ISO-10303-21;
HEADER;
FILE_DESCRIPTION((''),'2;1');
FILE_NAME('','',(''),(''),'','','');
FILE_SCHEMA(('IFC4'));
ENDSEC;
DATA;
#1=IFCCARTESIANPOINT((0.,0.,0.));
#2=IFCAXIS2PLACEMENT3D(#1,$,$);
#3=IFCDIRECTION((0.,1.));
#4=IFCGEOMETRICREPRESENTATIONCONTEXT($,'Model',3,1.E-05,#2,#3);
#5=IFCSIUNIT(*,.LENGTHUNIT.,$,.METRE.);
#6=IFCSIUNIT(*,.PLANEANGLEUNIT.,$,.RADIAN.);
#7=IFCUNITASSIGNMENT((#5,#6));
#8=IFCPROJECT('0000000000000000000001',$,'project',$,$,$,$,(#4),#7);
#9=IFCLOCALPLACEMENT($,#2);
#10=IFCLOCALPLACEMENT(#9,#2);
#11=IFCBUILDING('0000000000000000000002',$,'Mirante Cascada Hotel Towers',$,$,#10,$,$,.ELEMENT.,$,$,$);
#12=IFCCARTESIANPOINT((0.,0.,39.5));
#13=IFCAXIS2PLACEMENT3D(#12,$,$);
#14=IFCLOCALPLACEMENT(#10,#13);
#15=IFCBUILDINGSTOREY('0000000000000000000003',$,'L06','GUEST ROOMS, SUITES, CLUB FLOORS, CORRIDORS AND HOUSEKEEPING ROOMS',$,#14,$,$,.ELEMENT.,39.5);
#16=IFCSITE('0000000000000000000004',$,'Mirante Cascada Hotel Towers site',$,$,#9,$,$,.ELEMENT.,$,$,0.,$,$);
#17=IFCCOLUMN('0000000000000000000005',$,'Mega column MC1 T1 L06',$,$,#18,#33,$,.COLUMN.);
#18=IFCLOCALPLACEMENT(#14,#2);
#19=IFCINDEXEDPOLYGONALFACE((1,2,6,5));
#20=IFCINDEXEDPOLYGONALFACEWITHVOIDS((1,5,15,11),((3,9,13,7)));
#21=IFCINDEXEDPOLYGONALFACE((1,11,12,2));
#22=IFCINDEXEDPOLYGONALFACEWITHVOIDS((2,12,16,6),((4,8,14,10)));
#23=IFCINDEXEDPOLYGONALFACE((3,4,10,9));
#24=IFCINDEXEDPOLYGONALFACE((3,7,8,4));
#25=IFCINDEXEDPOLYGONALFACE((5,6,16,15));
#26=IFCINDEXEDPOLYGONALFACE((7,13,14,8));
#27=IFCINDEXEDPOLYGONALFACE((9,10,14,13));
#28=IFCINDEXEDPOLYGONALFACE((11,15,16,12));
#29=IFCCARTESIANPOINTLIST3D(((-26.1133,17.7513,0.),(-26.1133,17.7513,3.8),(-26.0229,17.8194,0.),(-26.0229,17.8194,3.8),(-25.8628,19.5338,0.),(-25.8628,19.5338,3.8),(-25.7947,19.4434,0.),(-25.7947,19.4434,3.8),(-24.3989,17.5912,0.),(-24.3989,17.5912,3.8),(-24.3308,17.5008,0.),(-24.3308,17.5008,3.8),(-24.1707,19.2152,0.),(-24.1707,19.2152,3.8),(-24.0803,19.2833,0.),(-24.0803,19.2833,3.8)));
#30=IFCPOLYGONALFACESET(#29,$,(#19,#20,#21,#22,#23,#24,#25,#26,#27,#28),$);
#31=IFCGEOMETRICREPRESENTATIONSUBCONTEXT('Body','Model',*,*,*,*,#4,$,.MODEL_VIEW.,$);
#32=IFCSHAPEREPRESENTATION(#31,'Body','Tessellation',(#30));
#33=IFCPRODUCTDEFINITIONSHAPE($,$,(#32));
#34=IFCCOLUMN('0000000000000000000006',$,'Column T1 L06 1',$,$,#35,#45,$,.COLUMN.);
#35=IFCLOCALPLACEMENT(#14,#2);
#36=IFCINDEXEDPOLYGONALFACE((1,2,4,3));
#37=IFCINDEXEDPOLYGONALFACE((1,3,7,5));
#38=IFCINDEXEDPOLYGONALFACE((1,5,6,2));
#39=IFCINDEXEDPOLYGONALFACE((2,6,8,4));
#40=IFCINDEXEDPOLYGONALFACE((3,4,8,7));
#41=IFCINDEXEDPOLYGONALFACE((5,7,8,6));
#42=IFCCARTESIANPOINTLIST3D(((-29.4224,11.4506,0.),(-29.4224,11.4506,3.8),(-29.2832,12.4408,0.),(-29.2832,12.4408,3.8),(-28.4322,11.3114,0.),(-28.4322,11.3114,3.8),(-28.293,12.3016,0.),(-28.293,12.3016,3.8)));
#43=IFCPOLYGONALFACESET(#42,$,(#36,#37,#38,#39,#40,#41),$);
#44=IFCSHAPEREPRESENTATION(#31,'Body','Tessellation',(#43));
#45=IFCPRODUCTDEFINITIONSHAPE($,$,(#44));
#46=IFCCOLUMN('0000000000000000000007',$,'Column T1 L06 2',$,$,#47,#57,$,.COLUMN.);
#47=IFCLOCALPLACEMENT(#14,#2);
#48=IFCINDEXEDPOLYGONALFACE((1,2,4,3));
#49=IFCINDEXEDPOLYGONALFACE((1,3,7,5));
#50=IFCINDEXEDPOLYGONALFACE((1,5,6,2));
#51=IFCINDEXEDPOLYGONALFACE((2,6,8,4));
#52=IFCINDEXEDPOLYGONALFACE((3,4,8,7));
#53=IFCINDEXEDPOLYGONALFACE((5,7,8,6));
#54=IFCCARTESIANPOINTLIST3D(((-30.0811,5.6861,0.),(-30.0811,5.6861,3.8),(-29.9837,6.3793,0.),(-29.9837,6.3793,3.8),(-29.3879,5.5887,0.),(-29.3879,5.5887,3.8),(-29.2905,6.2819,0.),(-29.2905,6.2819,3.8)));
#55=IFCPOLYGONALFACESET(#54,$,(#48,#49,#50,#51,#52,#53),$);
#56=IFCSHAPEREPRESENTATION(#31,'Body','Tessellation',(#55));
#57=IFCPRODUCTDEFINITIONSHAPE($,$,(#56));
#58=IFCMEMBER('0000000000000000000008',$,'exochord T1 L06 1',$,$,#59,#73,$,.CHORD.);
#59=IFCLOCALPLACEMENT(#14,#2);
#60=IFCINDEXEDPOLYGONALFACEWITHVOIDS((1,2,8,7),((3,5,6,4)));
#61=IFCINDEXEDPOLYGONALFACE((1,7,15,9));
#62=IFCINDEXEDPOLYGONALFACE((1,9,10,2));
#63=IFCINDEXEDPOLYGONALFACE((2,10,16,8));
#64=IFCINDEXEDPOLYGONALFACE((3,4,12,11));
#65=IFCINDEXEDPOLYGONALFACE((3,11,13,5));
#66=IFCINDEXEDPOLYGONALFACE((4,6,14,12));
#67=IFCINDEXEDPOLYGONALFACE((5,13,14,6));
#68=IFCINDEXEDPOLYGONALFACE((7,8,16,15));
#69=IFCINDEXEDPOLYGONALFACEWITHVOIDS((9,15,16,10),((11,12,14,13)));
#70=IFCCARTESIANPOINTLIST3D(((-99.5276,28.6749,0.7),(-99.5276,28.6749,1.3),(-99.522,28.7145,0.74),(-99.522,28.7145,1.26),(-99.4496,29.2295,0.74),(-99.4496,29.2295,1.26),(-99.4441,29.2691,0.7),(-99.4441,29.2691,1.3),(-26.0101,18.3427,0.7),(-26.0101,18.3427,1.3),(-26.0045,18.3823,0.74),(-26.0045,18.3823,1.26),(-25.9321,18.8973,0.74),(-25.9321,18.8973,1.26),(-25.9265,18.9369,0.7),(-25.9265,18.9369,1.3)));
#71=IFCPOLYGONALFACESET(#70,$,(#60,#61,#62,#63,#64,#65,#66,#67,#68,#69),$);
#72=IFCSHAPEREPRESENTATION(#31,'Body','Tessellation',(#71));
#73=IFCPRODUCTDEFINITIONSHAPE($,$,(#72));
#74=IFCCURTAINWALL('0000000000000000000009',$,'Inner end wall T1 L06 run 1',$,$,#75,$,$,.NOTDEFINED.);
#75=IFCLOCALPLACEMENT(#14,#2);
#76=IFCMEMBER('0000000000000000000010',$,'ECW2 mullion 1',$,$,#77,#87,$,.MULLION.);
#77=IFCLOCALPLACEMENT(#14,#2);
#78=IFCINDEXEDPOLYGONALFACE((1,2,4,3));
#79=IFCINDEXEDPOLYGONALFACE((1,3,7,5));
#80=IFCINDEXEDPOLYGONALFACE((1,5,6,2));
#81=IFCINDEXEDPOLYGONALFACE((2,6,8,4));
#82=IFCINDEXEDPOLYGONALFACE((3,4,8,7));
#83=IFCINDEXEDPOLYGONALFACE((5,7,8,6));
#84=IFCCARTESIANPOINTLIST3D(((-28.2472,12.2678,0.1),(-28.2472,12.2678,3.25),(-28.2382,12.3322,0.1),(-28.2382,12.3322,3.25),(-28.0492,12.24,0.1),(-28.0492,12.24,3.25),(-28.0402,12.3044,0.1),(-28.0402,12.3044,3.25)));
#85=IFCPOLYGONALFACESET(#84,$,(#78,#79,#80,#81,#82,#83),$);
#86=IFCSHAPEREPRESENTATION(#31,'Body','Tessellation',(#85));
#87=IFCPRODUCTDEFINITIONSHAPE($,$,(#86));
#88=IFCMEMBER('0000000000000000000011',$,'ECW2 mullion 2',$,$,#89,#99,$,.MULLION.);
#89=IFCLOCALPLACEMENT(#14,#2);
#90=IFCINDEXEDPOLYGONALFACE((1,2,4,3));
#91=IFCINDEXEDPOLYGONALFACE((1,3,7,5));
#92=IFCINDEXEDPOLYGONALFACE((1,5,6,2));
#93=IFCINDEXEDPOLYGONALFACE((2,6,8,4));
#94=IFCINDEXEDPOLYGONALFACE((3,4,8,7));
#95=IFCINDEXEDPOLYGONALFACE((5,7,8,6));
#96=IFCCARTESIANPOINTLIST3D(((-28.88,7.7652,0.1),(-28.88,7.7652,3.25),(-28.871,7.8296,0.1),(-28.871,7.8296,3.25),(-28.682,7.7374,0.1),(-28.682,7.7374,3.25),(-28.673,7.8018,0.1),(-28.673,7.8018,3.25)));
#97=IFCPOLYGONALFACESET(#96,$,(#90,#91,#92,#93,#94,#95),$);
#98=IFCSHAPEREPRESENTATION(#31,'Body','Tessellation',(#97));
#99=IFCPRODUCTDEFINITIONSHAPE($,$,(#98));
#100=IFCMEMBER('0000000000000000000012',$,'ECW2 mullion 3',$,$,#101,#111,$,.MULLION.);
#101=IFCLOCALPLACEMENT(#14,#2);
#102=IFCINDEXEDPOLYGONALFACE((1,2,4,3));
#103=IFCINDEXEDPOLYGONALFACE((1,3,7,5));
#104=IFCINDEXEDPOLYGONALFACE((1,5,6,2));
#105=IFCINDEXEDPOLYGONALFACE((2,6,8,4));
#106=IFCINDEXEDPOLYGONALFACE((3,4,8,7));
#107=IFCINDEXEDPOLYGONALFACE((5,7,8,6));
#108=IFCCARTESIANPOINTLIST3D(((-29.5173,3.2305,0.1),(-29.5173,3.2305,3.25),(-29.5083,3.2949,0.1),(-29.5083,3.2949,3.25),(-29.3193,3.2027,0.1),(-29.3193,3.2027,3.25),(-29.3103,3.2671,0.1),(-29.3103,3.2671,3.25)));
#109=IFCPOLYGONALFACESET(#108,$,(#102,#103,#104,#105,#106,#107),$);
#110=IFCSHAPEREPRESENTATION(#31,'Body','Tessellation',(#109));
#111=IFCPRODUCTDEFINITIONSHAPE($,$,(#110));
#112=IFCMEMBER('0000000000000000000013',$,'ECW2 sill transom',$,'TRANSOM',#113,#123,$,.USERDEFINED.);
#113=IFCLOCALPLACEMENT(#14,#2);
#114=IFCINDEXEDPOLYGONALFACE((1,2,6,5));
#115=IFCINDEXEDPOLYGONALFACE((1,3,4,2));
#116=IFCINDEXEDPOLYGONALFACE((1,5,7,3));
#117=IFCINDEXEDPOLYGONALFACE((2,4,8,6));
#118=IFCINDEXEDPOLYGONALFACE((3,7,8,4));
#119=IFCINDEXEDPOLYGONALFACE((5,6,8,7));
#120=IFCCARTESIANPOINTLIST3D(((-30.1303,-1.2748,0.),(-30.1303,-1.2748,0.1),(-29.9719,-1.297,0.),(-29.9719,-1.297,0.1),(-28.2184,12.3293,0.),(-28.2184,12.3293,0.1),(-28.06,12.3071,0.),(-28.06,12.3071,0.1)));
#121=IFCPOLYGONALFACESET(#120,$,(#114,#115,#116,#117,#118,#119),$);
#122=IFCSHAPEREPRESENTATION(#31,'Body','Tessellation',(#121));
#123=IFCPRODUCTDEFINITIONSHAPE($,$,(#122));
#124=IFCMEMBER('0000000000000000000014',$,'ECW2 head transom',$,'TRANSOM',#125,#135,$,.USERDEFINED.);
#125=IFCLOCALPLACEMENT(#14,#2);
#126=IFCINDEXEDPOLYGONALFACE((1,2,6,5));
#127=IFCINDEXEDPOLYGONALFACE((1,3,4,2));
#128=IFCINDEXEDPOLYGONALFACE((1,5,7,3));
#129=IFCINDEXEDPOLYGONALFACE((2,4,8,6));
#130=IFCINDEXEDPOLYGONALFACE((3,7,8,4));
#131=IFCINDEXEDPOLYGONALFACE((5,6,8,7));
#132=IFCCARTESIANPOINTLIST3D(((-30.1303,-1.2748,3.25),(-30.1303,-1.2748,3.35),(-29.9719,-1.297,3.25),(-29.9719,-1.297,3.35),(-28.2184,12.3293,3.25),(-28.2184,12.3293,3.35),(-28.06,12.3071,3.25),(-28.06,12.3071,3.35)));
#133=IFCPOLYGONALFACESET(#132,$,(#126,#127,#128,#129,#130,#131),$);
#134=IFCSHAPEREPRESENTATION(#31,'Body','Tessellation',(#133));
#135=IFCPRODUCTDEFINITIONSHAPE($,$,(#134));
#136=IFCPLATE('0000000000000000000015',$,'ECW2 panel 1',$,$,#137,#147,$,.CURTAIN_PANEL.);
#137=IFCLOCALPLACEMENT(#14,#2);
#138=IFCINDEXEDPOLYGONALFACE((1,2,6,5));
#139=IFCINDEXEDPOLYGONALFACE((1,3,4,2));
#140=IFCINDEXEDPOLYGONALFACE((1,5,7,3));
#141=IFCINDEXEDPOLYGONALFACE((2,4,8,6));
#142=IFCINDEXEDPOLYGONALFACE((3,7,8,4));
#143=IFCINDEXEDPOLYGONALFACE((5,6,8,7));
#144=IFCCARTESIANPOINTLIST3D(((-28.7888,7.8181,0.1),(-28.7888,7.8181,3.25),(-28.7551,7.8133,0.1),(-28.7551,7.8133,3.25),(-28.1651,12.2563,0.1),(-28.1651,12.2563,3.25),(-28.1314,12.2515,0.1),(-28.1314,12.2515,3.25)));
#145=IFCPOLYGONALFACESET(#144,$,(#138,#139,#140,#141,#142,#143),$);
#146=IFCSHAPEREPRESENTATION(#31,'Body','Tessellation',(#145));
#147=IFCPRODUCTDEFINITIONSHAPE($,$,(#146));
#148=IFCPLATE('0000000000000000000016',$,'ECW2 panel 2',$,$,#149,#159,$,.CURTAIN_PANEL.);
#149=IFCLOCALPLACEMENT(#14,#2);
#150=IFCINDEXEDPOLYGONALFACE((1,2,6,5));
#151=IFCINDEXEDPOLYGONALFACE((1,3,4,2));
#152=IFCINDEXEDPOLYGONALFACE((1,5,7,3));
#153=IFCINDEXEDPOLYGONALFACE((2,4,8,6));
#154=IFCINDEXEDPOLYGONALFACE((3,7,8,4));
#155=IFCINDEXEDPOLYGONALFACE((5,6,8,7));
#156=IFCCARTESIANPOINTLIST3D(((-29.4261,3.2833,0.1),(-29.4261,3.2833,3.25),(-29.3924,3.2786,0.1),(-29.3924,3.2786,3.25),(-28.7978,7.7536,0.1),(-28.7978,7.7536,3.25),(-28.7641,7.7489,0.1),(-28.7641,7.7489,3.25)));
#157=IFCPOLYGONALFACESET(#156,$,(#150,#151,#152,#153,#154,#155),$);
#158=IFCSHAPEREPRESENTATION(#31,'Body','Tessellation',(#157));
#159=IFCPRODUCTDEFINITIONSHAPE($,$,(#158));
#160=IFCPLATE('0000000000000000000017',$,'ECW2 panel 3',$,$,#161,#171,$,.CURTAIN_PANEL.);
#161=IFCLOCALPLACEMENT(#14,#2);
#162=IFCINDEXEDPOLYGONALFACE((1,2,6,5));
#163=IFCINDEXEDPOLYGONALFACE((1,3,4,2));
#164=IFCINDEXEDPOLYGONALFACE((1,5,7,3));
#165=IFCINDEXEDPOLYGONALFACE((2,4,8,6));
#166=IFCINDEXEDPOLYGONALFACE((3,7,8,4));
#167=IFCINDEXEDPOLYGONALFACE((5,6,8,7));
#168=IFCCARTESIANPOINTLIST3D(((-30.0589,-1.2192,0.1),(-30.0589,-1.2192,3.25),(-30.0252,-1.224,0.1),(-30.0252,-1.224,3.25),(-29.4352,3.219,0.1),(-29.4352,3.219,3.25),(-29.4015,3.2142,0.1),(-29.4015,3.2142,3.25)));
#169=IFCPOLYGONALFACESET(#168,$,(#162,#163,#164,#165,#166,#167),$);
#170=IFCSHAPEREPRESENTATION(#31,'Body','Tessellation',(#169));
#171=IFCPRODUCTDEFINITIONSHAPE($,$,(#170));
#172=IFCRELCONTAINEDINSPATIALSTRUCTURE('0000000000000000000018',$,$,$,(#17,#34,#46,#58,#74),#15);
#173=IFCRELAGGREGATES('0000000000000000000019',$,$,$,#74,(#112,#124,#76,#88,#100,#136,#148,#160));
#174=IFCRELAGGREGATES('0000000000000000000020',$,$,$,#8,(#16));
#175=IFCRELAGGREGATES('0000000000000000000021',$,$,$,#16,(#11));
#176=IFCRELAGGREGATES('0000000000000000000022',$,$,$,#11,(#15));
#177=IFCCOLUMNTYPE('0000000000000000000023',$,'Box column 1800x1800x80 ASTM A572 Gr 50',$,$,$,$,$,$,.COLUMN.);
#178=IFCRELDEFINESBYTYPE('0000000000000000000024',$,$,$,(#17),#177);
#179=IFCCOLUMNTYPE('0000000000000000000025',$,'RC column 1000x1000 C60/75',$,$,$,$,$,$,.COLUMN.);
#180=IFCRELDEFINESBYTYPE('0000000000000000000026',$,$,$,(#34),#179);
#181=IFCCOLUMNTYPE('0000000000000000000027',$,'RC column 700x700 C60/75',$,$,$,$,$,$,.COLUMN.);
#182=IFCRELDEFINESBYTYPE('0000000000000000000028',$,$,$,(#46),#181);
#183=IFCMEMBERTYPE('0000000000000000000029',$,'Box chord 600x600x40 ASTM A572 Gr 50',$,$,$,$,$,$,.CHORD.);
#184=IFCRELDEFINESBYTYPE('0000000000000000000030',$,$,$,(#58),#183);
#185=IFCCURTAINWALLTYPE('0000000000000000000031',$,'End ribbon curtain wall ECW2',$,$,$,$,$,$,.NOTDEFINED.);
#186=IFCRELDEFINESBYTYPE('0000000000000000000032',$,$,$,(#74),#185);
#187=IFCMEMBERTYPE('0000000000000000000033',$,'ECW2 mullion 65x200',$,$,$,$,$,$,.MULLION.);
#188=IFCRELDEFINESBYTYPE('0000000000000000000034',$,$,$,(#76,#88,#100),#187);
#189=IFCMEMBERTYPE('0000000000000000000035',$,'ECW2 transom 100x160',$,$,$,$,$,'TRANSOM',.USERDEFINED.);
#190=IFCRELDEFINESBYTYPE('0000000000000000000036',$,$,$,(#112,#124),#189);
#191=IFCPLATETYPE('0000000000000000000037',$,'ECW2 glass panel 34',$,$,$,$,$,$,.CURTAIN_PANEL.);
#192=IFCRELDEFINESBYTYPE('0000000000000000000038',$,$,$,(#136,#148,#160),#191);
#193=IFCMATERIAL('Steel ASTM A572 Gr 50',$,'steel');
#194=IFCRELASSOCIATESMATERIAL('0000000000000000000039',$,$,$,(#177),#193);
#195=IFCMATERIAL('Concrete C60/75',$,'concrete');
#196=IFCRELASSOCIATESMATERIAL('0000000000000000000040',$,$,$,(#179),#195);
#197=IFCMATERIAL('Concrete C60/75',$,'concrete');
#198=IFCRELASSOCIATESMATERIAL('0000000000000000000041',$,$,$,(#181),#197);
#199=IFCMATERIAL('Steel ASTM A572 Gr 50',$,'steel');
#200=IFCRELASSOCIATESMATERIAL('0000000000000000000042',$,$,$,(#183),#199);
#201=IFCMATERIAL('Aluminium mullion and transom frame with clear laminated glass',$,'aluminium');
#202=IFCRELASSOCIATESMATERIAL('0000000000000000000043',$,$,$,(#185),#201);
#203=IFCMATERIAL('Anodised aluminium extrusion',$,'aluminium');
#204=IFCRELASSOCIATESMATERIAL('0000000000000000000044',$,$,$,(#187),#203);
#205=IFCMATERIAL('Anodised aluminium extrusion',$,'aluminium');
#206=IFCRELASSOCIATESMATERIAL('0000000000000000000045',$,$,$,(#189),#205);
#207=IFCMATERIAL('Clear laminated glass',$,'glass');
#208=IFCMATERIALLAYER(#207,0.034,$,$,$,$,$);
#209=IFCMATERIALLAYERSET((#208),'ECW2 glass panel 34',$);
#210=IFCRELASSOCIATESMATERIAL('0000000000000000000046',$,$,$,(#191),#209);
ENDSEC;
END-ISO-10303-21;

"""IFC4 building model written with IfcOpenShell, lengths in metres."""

from ifc_helpers import new_model, si_unit, direction, frame, origin, origin_2d, place, context, subcontext, project, spatial, rectangle, hollow_rectangle, extrude, material, layer, layer_set, material_profile, profile_set, type_object, element, aggregate, save


model = new_model("IFC4")

# Units and contexts
model_context = context("Model", 3, precision=1e-05, world=origin(), true_north=direction((0.0, 1.0)))
body_context = subcontext(model_context, "Body", "Model", "MODEL_VIEW")
ifc_project = project(units=[si_unit("LENGTHUNIT", "METRE"), si_unit("PLANEANGLEUNIT", "RADIAN")], contexts=[model_context])

# Site, building, storey
site_placement = place(None, origin())
site = spatial("IfcSite", under=ifc_project, at=site_placement, Name="Mirante Cascada Hotel Towers site", CompositionType="ELEMENT", RefElevation=0.0)
building_placement = place(site_placement, origin())
building = spatial("IfcBuilding", under=site, at=building_placement, Name="Mirante Cascada Hotel Towers", CompositionType="ELEMENT")
storey_placement = place(building_placement, frame((0.0, 0.0, 39.5)))
storey = spatial("IfcBuildingStorey", under=building, at=storey_placement, Name="L06", Description="GUEST ROOMS, SUITES, CLUB FLOORS, CORRIDORS AND HOUSEKEEPING ROOMS", CompositionType="ELEMENT", Elevation=39.5)

# Columns
ifc_material_1 = material(Name="Steel ASTM A572 Gr 50", Category="steel")
ifc_material_profile_1 = material_profile(ifc_material_1, hollow_rectangle(XDim=1.8, YDim=1.8, WallThickness=0.08, at=origin_2d()), Name="Box column 1800x1800x80 ASTM A572 Gr 50")
ifc_profile_set_1 = profile_set([ifc_material_profile_1], Name="Steel ASTM A572 Gr 50")
column_type_1 = type_object("IfcColumnType", Name="Box column 1800x1800x80 ASTM A572 Gr 50", PredefinedType="COLUMN", material=ifc_profile_set_1)
column_1_placement = place(storey_placement, frame((-25.0968, 18.5173, 0.0), z_axis=(0.0, 0.0, 1.0), x_axis=(-0.990268, 0.139173, 0.0)))
element("IfcColumn", 1, at=column_1_placement, inside=storey, type_object=column_type_1, Name="Mega column MC1 T1 L06", PredefinedType="COLUMN", context=body_context, shape_type="SweptSolid", body=[
    extrude(hollow_rectangle(XDim=1.8, YDim=1.8, WallThickness=0.08, at=origin_2d()), origin(), (0.0, 0.0, 1.0), 3.8),
])
ifc_material_2 = material(Name="Concrete C60/75", Category="concrete")
ifc_material_profile_2 = material_profile(ifc_material_2, rectangle(XDim=1.0, YDim=1.0, at=origin_2d()), Name="RC column 1000x1000 C60/75")
ifc_profile_set_2 = profile_set([ifc_material_profile_2], Name="Concrete C60/75")
column_type_2 = type_object("IfcColumnType", Name="RC column 1000x1000 C60/75", PredefinedType="COLUMN", material=ifc_profile_set_2)
column_2_placement = place(storey_placement, frame((-28.8577, 11.8761, 0.0), z_axis=(0.0, 0.0, 1.0), x_axis=(-0.990268, 0.139173, 0.0)))
element("IfcColumn", 2, at=column_2_placement, inside=storey, type_object=column_type_2, Name="Column T1 L06 1", PredefinedType="COLUMN", context=body_context, shape_type="SweptSolid", body=[
    extrude(rectangle(XDim=1.0, YDim=1.0, at=origin_2d()), origin(), (0.0, 0.0, 1.0), 3.8),
])
ifc_material_3 = material(Name="Concrete C60/75", Category="concrete")
ifc_material_profile_3 = material_profile(ifc_material_3, rectangle(XDim=0.7, YDim=0.7, at=origin_2d()), Name="RC column 700x700 C60/75")
ifc_profile_set_3 = profile_set([ifc_material_profile_3], Name="Concrete C60/75")
column_type_3 = type_object("IfcColumnType", Name="RC column 700x700 C60/75", PredefinedType="COLUMN", material=ifc_profile_set_3)
column_3_placement = place(storey_placement, frame((-29.6858, 5.984, 0.0), z_axis=(0.0, 0.0, 1.0), x_axis=(-0.990268, 0.139173, 0.0)))
element("IfcColumn", 3, at=column_3_placement, inside=storey, type_object=column_type_3, Name="Column T1 L06 2", PredefinedType="COLUMN", context=body_context, shape_type="SweptSolid", body=[
    extrude(rectangle(XDim=0.7, YDim=0.7, at=origin_2d()), origin(), (0.0, 0.0, 1.0), 3.8),
])

# Member
ifc_material_4 = material(Name="Steel ASTM A572 Gr 50", Category="steel")
ifc_material_profile_4 = material_profile(ifc_material_4, hollow_rectangle(XDim=0.6, YDim=0.6, WallThickness=0.04, at=origin_2d()), Name="Box chord 600x600x40 ASTM A572 Gr 50")
ifc_profile_set_4 = profile_set([ifc_material_profile_4], Name="Steel ASTM A572 Gr 50")
member_type_1 = type_object("IfcMemberType", Name="Box chord 600x600x40 ASTM A572 Gr 50", PredefinedType="CHORD", material=ifc_profile_set_4)
member_1_placement = place(storey_placement, frame((-25.9683, 18.6398, 1.0), z_axis=(-0.990268, 0.139173, 0.0), x_axis=(-0.139173, -0.990268, 0.0)))
element("IfcMember", 4, at=member_1_placement, inside=storey, type_object=member_type_1, Name="exochord T1 L06 1", PredefinedType="CHORD", context=body_context, shape_type="SweptSolid", body=[
    extrude(hollow_rectangle(XDim=0.6, YDim=0.6, WallThickness=0.04, at=origin_2d()), origin(), (0.0, 0.0, 1.0), 74.24),
])

# Curtain wall, members, plates
ifc_material_5 = material(Name="Aluminium mullion and transom frame with clear laminated glass", Category="aluminium")
curtain_wall_type = type_object("IfcCurtainWallType", Name="End ribbon curtain wall ECW2", PredefinedType="NOTDEFINED", material=ifc_material_5)
curtain_wall_placement = place(storey_placement, origin())
curtain_wall = element("IfcCurtainWall", 5, at=curtain_wall_placement, inside=storey, type_object=curtain_wall_type, Name="Inner end wall T1 L06 run 1", PredefinedType="NOTDEFINED")
ifc_material_6 = material(Name="Anodised aluminium extrusion", Category="aluminium")
ifc_material_profile_5 = material_profile(ifc_material_6, rectangle(XDim=0.2, YDim=0.065, at=origin_2d()), Name="ECW2 MULLION 65x200")
ifc_profile_set_5 = profile_set([ifc_material_profile_5], Name="Anodised aluminium extrusion")
member_type_2 = type_object("IfcMemberType", Name="ECW2 mullion 65x200", PredefinedType="MULLION", material=ifc_profile_set_5)
member_2_placement = place(storey_placement, frame((-28.1437, 12.2861, 0.1), z_axis=(0.0, 0.0, 1.0), x_axis=(0.990268, -0.139173, 0.0)))
member_2 = element("IfcMember", 6, at=member_2_placement, type_object=member_type_2, Name="ECW2 mullion 1", PredefinedType="MULLION", context=body_context, shape_type="SweptSolid", body=[
    extrude(rectangle(XDim=0.2, YDim=0.065, at=origin_2d()), origin(), (0.0, 0.0, 1.0), 3.15),
])
member_3_placement = place(storey_placement, frame((-28.7765, 7.7835, 0.1), z_axis=(0.0, 0.0, 1.0), x_axis=(0.990268, -0.139173, 0.0)))
member_3 = element("IfcMember", 7, at=member_3_placement, type_object=member_type_2, Name="ECW2 mullion 2", PredefinedType="MULLION", context=body_context, shape_type="SweptSolid", body=[
    extrude(rectangle(XDim=0.2, YDim=0.065, at=origin_2d()), origin(), (0.0, 0.0, 1.0), 3.15),
])
member_4_placement = place(storey_placement, frame((-29.4138, 3.2488, 0.1), z_axis=(0.0, 0.0, 1.0), x_axis=(0.990268, -0.139173, 0.0)))
member_4 = element("IfcMember", 8, at=member_4_placement, type_object=member_type_2, Name="ECW2 mullion 3", PredefinedType="MULLION", context=body_context, shape_type="SweptSolid", body=[
    extrude(rectangle(XDim=0.2, YDim=0.065, at=origin_2d()), origin(), (0.0, 0.0, 1.0), 3.15),
])
ifc_material_7 = material(Name="Anodised aluminium extrusion", Category="aluminium")
ifc_material_profile_6 = material_profile(ifc_material_7, rectangle(XDim=0.16, YDim=0.1, at=origin_2d()), Name="ECW2 TRANSOM 100x160")
ifc_profile_set_6 = profile_set([ifc_material_profile_6], Name="Anodised aluminium extrusion")
member_type_3 = type_object("IfcMemberType", Name="ECW2 transom 100x160", ElementType="TRANSOM", PredefinedType="USERDEFINED", material=ifc_profile_set_6)
member_5_placement = place(storey_placement, frame((-28.1392, 12.3182, 0.05), z_axis=(-0.139171, -0.990268, 0.0), x_axis=(0.990268, -0.139171, 0.0)))
member_5 = element("IfcMember", 9, at=member_5_placement, type_object=member_type_3, Name="ECW2 sill transom", ObjectType="TRANSOM", PredefinedType="USERDEFINED", context=body_context, shape_type="SweptSolid", body=[
    extrude(rectangle(XDim=0.16, YDim=0.1, at=origin_2d()), origin(), (0.0, 0.0, 1.0), 13.7378),
])
member_6_placement = place(storey_placement, frame((-28.1392, 12.3182, 3.3), z_axis=(-0.139171, -0.990268, 0.0), x_axis=(0.990268, -0.139171, 0.0)))
member_6 = element("IfcMember", 10, at=member_6_placement, type_object=member_type_3, Name="ECW2 head transom", ObjectType="TRANSOM", PredefinedType="USERDEFINED", context=body_context, shape_type="SweptSolid", body=[
    extrude(rectangle(XDim=0.16, YDim=0.1, at=origin_2d()), origin(), (0.0, 0.0, 1.0), 13.7378),
])
ifc_material_8 = material(Name="Clear laminated glass", Category="glass")
ifc_layer_1 = layer(ifc_material_8, 0.034)
ifc_layer_set_1 = layer_set([ifc_layer_1], Name="ECW2 glass panel 34")
plate_type = type_object("IfcPlateType", Name="ECW2 glass panel 34", PredefinedType="CURTAIN_PANEL", material=ifc_layer_set_1)
plate_1_placement = place(storey_placement, frame((-28.4601, 10.0348, 0.1), z_axis=(0.0, 0.0, 1.0), x_axis=(-0.139173, -0.990268, 0.0)))
plate_1 = element("IfcPlate", 11, at=plate_1_placement, type_object=plate_type, Name="ECW2 panel 1", PredefinedType="CURTAIN_PANEL", context=body_context, shape_type="SweptSolid", body=[
    extrude(rectangle(XDim=4.4818, YDim=0.034, at=origin_2d()), origin(), (0.0, 0.0, 1.0), 3.15),
])
plate_2_placement = place(storey_placement, frame((-29.0951, 5.5161, 0.1), z_axis=(0.0, 0.0, 1.0), x_axis=(-0.139173, -0.990268, 0.0)))
plate_2 = element("IfcPlate", 12, at=plate_2_placement, type_object=plate_type, Name="ECW2 panel 2", PredefinedType="CURTAIN_PANEL", context=body_context, shape_type="SweptSolid", body=[
    extrude(rectangle(XDim=4.5143, YDim=0.034, at=origin_2d()), origin(), (0.0, 0.0, 1.0), 3.15),
])
plate_3_placement = place(storey_placement, frame((-29.7302, 0.9975, 0.1), z_axis=(0.0, 0.0, 1.0), x_axis=(-0.139173, -0.990268, 0.0)))
plate_3 = element("IfcPlate", 13, at=plate_3_placement, type_object=plate_type, Name="ECW2 panel 3", PredefinedType="CURTAIN_PANEL", context=body_context, shape_type="SweptSolid", body=[
    extrude(rectangle(XDim=4.4818, YDim=0.034, at=origin_2d()), origin(), (0.0, 0.0, 1.0), 3.15),
])
aggregate(curtain_wall, [member_5, member_6, member_2, member_3, member_4, plate_1, plate_2, plate_3])

save(model, "model.ifc")
